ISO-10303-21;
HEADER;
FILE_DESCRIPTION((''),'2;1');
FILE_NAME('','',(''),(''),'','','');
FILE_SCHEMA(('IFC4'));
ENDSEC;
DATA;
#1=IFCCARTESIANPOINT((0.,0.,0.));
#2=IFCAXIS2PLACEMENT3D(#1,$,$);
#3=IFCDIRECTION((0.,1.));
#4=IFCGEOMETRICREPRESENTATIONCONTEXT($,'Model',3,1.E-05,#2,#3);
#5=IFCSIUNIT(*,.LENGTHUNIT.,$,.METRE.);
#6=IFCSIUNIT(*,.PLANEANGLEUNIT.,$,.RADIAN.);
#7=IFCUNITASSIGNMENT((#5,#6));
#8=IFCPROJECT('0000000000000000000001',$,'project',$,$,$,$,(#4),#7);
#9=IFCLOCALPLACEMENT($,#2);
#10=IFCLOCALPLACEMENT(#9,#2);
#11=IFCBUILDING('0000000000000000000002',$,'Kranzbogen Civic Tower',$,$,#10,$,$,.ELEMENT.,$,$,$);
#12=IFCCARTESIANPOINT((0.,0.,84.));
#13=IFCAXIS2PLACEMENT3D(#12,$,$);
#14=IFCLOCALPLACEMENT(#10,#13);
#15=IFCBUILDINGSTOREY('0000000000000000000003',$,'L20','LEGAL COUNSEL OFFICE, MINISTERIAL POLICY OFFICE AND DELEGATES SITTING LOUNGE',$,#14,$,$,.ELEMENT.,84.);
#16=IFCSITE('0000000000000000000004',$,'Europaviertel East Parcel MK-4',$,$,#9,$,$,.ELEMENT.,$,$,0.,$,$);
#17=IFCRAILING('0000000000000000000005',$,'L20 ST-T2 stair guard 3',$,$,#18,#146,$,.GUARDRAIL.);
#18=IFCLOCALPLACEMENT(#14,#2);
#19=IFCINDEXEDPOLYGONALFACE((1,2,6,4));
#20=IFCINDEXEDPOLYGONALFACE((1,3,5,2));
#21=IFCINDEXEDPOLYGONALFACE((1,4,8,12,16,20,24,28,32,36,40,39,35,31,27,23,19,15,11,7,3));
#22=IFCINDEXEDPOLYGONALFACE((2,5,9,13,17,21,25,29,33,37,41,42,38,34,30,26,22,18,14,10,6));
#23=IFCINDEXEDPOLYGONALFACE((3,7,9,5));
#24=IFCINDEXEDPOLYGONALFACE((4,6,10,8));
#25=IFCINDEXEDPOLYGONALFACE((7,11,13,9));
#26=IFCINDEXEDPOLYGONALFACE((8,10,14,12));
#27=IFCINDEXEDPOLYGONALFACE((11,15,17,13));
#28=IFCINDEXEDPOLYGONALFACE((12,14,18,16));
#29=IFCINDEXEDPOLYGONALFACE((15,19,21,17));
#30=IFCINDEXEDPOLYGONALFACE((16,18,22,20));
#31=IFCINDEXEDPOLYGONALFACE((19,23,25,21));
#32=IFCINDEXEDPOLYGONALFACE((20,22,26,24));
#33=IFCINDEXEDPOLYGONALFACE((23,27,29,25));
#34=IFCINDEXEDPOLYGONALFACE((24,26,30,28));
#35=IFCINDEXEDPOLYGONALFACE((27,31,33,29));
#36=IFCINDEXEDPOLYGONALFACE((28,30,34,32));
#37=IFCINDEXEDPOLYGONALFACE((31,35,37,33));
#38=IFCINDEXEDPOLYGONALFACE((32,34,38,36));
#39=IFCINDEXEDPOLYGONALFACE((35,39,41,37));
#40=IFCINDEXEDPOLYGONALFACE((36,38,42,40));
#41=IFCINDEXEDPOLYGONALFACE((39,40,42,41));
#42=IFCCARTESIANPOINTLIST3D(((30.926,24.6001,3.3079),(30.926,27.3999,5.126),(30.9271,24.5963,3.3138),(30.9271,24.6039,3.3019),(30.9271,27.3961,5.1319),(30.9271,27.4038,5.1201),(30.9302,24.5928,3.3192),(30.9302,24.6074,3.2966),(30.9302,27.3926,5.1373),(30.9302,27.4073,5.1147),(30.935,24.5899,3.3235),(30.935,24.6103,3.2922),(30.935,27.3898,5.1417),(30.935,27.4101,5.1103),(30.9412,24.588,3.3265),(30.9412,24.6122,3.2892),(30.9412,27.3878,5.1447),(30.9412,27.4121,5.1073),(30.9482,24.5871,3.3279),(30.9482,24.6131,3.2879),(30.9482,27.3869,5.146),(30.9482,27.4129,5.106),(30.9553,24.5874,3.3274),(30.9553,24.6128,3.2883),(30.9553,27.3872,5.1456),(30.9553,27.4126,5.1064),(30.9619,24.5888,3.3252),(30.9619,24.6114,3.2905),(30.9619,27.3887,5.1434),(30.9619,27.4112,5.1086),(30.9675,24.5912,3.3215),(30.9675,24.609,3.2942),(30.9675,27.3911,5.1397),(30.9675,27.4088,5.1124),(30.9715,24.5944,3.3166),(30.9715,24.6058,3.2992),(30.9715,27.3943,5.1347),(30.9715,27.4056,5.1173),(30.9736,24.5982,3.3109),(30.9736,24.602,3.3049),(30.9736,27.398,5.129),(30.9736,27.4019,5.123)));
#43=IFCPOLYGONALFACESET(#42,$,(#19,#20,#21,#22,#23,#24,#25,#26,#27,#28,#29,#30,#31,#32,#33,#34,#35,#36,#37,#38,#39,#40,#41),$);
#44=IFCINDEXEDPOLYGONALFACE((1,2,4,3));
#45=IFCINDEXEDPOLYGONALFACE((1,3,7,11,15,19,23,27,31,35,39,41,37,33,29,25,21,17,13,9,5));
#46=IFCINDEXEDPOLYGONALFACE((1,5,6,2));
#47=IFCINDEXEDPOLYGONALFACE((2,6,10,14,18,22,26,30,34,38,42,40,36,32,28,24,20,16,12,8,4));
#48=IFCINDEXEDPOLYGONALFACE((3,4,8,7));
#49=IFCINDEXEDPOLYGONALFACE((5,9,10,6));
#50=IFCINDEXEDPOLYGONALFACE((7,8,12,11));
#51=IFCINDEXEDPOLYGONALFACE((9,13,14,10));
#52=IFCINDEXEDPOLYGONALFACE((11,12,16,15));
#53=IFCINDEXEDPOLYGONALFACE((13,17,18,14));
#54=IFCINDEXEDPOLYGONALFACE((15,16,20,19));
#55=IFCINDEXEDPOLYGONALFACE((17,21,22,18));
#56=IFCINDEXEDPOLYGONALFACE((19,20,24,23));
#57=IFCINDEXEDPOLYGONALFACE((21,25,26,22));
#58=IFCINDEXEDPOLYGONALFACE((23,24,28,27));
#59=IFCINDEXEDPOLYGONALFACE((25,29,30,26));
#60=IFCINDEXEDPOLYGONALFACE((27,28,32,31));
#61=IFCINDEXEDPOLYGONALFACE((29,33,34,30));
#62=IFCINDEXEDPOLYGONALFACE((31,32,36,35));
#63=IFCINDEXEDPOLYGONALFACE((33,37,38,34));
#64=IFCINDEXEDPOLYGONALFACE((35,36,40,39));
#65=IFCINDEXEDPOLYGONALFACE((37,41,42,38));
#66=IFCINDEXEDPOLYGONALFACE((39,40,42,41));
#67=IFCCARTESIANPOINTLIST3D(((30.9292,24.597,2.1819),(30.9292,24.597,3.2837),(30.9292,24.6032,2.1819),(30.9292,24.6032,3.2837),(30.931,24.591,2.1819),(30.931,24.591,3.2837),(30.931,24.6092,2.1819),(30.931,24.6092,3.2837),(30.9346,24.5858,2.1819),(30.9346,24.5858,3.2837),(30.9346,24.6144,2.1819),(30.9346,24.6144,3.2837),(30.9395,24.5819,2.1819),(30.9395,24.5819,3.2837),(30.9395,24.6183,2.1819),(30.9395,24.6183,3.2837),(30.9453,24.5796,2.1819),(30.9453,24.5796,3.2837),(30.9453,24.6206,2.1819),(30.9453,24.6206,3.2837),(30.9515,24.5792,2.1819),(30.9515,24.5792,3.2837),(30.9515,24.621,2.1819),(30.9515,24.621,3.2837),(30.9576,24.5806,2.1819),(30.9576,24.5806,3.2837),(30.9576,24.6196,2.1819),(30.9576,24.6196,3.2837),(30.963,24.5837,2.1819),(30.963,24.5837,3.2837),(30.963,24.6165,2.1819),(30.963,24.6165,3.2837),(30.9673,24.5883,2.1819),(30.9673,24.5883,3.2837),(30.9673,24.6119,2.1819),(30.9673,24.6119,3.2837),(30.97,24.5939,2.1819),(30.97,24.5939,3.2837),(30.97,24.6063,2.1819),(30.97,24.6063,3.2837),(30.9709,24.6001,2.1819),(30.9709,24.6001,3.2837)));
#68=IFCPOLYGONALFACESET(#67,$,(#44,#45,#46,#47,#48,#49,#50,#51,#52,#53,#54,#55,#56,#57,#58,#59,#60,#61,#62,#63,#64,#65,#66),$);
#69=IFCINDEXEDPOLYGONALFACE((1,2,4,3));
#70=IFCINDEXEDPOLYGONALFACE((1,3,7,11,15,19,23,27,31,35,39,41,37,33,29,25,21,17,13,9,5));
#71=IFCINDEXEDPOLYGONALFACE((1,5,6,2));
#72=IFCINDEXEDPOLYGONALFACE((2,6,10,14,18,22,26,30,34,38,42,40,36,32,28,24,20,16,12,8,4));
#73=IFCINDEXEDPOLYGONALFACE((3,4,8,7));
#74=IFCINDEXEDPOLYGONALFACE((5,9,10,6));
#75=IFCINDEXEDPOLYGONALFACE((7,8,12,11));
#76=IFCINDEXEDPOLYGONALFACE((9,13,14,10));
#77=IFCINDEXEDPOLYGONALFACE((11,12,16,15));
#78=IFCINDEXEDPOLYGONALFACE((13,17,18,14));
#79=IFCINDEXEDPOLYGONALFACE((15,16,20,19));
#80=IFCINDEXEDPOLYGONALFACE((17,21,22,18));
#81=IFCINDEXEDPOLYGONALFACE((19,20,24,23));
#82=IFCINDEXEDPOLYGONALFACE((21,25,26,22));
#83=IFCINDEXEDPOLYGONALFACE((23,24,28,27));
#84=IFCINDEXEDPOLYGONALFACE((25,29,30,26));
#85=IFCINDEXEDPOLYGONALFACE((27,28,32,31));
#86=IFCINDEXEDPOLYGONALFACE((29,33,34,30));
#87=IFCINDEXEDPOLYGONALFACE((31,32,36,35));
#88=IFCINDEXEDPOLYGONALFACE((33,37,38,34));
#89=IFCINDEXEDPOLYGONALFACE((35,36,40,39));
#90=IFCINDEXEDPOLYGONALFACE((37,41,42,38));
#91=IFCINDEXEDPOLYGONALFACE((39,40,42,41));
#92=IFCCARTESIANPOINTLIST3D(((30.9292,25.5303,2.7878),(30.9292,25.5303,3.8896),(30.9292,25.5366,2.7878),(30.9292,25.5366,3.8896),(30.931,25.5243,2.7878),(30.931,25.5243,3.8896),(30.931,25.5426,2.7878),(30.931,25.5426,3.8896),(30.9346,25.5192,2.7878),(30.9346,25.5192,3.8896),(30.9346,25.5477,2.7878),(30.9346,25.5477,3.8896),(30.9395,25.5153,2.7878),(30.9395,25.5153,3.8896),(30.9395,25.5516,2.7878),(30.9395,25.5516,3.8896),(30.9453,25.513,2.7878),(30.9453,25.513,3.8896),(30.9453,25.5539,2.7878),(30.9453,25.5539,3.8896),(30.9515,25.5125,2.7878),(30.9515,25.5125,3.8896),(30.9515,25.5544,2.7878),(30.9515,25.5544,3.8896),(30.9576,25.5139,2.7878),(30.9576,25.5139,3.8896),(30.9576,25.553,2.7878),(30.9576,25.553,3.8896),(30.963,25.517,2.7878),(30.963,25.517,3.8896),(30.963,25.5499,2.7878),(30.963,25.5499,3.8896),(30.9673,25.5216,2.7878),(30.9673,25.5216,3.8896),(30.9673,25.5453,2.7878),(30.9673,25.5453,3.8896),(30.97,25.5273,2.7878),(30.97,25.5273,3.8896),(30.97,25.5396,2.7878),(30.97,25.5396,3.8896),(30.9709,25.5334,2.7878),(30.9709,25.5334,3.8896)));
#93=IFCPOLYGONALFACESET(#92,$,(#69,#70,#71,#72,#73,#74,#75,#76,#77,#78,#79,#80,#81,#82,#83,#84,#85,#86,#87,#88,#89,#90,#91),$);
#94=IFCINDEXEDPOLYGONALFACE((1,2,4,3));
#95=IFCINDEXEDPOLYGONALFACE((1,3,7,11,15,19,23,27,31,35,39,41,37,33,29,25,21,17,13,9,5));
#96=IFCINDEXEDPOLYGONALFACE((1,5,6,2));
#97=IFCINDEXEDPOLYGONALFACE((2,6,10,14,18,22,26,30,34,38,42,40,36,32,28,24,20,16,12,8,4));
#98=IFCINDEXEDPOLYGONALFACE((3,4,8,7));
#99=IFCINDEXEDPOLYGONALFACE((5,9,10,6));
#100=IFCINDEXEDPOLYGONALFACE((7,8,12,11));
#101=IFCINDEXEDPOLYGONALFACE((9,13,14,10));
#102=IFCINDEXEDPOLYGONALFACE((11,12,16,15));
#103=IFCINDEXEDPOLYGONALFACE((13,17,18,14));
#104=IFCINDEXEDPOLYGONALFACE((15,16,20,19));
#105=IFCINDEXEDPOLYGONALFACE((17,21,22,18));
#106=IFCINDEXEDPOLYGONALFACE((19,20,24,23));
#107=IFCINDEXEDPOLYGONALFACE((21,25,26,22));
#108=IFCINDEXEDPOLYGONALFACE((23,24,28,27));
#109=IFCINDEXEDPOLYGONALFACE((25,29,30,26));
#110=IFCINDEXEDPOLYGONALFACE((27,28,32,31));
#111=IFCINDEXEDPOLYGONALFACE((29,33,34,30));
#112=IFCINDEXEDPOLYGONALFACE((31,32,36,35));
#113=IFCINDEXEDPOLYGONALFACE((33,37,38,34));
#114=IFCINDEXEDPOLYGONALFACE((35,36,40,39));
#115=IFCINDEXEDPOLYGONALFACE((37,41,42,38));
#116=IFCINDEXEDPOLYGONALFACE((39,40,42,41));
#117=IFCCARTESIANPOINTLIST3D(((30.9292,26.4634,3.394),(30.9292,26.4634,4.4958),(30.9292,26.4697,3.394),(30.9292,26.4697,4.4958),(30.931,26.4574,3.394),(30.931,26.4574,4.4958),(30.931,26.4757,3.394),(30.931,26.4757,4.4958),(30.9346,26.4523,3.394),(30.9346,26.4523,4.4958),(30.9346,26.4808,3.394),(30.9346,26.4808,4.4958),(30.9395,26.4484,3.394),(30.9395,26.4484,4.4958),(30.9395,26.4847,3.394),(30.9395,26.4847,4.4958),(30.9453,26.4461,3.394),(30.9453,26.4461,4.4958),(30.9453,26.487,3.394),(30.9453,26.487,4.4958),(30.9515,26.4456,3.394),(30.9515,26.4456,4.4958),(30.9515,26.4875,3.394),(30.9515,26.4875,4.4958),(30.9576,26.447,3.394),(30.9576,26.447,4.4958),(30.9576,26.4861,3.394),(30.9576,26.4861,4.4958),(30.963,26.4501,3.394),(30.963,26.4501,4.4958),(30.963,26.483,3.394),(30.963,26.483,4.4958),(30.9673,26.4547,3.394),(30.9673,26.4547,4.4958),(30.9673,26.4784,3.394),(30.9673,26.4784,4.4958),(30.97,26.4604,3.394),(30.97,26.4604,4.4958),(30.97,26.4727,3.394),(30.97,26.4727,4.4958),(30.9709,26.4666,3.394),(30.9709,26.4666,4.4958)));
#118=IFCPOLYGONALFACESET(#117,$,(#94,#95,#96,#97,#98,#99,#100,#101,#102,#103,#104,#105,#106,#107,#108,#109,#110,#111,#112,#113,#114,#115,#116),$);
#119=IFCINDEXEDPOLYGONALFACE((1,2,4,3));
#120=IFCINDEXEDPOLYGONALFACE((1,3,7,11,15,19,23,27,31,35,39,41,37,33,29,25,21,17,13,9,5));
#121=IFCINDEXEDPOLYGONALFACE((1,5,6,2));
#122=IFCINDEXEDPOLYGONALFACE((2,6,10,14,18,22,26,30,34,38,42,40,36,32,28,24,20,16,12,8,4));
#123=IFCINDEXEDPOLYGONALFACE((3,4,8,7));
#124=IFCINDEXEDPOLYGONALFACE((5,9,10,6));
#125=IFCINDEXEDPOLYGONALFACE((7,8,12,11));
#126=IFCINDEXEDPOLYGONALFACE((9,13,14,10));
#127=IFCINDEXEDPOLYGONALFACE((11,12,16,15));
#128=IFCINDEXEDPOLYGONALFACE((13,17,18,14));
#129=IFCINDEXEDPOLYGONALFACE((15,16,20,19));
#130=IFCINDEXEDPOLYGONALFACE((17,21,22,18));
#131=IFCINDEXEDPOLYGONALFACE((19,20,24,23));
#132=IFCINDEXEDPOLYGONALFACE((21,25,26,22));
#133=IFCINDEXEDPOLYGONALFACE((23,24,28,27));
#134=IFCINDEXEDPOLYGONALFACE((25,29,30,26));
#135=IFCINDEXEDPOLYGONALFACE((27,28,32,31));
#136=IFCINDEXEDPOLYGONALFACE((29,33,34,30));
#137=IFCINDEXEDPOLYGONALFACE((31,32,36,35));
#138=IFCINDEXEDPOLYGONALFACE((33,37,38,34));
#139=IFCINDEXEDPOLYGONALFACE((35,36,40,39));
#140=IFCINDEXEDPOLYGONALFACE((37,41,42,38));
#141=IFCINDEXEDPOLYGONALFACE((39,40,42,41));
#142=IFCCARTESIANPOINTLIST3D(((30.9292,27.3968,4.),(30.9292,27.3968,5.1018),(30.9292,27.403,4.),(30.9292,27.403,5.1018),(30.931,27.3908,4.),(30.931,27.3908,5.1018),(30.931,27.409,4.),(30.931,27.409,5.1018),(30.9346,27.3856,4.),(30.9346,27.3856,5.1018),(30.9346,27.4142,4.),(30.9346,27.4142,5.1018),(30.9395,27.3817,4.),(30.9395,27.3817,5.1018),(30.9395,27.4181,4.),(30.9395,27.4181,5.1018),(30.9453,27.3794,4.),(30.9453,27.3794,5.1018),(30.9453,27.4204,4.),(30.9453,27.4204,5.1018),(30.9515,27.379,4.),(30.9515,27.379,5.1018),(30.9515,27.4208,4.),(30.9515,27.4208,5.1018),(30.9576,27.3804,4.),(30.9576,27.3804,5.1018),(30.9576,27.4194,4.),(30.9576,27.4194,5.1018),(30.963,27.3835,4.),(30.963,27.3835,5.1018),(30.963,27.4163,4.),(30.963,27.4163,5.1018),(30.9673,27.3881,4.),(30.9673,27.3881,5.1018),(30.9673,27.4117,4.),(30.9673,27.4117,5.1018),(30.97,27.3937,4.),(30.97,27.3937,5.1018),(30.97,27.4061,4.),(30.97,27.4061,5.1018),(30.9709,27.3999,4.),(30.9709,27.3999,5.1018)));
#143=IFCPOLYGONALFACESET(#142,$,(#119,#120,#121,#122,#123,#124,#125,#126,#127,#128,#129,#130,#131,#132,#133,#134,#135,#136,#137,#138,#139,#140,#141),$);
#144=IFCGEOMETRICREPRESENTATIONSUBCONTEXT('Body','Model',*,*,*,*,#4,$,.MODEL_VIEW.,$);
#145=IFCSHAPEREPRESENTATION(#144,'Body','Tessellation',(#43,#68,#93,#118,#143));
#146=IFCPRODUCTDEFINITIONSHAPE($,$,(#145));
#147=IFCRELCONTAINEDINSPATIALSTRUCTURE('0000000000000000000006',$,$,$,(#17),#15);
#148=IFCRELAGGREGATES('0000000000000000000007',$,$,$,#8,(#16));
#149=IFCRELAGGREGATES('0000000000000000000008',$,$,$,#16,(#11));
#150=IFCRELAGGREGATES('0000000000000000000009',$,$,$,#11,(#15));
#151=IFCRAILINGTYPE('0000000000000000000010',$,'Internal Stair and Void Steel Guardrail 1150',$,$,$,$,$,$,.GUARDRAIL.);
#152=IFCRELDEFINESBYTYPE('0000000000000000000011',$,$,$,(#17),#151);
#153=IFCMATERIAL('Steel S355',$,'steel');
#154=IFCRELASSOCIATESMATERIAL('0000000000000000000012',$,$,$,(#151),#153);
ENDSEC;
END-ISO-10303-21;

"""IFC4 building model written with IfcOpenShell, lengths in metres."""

from ifc_helpers import new_model, si_unit, direction, frame, origin, origin_2d, place, context, subcontext, project, spatial, circle, extrude, material, type_object, element, save


model = new_model("IFC4")

# Units and contexts
model_context = context("Model", 3, precision=1e-05, world=origin(), true_north=direction((0.0, 1.0)))
body_context = subcontext(model_context, "Body", "Model", "MODEL_VIEW")
ifc_project = project(units=[si_unit("LENGTHUNIT", "METRE"), si_unit("PLANEANGLEUNIT", "RADIAN")], contexts=[model_context])

# Site, building, storey
site_placement = place(None, origin())
site = spatial("IfcSite", under=ifc_project, at=site_placement, Name="Europaviertel East Parcel MK-4", CompositionType="ELEMENT", RefElevation=0.0)
building_placement = place(site_placement, origin())
building = spatial("IfcBuilding", under=site, at=building_placement, Name="Kranzbogen Civic Tower", CompositionType="ELEMENT")
storey_placement = place(building_placement, frame((0.0, 0.0, 84.0)))
storey = spatial("IfcBuildingStorey", under=building, at=storey_placement, Name="L20", Description="LEGAL COUNSEL OFFICE, MINISTERIAL POLICY OFFICE AND DELEGATES SITTING LOUNGE", CompositionType="ELEMENT", Elevation=84.0)

# Shared definitions
ifc_material_1 = material(Name="Steel S355", Category="steel")

# Railing
railing_type_1 = type_object("IfcRailingType", Name="Internal Stair and Void Steel Guardrail 1150", PredefinedType="GUARDRAIL", material=ifc_material_1)
railing_1_placement = place(storey_placement, frame((30.95, 24.6001, 2.1819)))
element("IfcRailing", 1, at=railing_1_placement, inside=storey, type_object=railing_type_1, Name="L20 ST-T2 stair guard 3", PredefinedType="GUARDRAIL", context=body_context, shape_type="SweptSolid", body=[
    extrude(circle(Radius=0.0239, at=origin_2d()), frame((0.0, 0.0, 1.126), z_axis=(0.0, 0.838684, 0.544618), x_axis=(-1.0, 0.0, 0.0)), (0.0, 0.0, 1.0), 3.3384),
    extrude(circle(Radius=0.021, at=origin_2d()), origin(), (0.0, 0.0, 1.0), 1.1018),
    extrude(circle(Radius=0.021, at=origin_2d()), frame((0.0, 0.9333, 0.606)), (0.0, 0.0, 1.0), 1.1018),
    extrude(circle(Radius=0.021, at=origin_2d()), frame((0.0, 1.8665, 1.2122)), (0.0, 0.0, 1.0), 1.1018),
    extrude(circle(Radius=0.021, at=origin_2d()), frame((0.0, 2.7998, 1.8181)), (0.0, 0.0, 1.0), 1.1018),
])

save(model, "model.ifc")
